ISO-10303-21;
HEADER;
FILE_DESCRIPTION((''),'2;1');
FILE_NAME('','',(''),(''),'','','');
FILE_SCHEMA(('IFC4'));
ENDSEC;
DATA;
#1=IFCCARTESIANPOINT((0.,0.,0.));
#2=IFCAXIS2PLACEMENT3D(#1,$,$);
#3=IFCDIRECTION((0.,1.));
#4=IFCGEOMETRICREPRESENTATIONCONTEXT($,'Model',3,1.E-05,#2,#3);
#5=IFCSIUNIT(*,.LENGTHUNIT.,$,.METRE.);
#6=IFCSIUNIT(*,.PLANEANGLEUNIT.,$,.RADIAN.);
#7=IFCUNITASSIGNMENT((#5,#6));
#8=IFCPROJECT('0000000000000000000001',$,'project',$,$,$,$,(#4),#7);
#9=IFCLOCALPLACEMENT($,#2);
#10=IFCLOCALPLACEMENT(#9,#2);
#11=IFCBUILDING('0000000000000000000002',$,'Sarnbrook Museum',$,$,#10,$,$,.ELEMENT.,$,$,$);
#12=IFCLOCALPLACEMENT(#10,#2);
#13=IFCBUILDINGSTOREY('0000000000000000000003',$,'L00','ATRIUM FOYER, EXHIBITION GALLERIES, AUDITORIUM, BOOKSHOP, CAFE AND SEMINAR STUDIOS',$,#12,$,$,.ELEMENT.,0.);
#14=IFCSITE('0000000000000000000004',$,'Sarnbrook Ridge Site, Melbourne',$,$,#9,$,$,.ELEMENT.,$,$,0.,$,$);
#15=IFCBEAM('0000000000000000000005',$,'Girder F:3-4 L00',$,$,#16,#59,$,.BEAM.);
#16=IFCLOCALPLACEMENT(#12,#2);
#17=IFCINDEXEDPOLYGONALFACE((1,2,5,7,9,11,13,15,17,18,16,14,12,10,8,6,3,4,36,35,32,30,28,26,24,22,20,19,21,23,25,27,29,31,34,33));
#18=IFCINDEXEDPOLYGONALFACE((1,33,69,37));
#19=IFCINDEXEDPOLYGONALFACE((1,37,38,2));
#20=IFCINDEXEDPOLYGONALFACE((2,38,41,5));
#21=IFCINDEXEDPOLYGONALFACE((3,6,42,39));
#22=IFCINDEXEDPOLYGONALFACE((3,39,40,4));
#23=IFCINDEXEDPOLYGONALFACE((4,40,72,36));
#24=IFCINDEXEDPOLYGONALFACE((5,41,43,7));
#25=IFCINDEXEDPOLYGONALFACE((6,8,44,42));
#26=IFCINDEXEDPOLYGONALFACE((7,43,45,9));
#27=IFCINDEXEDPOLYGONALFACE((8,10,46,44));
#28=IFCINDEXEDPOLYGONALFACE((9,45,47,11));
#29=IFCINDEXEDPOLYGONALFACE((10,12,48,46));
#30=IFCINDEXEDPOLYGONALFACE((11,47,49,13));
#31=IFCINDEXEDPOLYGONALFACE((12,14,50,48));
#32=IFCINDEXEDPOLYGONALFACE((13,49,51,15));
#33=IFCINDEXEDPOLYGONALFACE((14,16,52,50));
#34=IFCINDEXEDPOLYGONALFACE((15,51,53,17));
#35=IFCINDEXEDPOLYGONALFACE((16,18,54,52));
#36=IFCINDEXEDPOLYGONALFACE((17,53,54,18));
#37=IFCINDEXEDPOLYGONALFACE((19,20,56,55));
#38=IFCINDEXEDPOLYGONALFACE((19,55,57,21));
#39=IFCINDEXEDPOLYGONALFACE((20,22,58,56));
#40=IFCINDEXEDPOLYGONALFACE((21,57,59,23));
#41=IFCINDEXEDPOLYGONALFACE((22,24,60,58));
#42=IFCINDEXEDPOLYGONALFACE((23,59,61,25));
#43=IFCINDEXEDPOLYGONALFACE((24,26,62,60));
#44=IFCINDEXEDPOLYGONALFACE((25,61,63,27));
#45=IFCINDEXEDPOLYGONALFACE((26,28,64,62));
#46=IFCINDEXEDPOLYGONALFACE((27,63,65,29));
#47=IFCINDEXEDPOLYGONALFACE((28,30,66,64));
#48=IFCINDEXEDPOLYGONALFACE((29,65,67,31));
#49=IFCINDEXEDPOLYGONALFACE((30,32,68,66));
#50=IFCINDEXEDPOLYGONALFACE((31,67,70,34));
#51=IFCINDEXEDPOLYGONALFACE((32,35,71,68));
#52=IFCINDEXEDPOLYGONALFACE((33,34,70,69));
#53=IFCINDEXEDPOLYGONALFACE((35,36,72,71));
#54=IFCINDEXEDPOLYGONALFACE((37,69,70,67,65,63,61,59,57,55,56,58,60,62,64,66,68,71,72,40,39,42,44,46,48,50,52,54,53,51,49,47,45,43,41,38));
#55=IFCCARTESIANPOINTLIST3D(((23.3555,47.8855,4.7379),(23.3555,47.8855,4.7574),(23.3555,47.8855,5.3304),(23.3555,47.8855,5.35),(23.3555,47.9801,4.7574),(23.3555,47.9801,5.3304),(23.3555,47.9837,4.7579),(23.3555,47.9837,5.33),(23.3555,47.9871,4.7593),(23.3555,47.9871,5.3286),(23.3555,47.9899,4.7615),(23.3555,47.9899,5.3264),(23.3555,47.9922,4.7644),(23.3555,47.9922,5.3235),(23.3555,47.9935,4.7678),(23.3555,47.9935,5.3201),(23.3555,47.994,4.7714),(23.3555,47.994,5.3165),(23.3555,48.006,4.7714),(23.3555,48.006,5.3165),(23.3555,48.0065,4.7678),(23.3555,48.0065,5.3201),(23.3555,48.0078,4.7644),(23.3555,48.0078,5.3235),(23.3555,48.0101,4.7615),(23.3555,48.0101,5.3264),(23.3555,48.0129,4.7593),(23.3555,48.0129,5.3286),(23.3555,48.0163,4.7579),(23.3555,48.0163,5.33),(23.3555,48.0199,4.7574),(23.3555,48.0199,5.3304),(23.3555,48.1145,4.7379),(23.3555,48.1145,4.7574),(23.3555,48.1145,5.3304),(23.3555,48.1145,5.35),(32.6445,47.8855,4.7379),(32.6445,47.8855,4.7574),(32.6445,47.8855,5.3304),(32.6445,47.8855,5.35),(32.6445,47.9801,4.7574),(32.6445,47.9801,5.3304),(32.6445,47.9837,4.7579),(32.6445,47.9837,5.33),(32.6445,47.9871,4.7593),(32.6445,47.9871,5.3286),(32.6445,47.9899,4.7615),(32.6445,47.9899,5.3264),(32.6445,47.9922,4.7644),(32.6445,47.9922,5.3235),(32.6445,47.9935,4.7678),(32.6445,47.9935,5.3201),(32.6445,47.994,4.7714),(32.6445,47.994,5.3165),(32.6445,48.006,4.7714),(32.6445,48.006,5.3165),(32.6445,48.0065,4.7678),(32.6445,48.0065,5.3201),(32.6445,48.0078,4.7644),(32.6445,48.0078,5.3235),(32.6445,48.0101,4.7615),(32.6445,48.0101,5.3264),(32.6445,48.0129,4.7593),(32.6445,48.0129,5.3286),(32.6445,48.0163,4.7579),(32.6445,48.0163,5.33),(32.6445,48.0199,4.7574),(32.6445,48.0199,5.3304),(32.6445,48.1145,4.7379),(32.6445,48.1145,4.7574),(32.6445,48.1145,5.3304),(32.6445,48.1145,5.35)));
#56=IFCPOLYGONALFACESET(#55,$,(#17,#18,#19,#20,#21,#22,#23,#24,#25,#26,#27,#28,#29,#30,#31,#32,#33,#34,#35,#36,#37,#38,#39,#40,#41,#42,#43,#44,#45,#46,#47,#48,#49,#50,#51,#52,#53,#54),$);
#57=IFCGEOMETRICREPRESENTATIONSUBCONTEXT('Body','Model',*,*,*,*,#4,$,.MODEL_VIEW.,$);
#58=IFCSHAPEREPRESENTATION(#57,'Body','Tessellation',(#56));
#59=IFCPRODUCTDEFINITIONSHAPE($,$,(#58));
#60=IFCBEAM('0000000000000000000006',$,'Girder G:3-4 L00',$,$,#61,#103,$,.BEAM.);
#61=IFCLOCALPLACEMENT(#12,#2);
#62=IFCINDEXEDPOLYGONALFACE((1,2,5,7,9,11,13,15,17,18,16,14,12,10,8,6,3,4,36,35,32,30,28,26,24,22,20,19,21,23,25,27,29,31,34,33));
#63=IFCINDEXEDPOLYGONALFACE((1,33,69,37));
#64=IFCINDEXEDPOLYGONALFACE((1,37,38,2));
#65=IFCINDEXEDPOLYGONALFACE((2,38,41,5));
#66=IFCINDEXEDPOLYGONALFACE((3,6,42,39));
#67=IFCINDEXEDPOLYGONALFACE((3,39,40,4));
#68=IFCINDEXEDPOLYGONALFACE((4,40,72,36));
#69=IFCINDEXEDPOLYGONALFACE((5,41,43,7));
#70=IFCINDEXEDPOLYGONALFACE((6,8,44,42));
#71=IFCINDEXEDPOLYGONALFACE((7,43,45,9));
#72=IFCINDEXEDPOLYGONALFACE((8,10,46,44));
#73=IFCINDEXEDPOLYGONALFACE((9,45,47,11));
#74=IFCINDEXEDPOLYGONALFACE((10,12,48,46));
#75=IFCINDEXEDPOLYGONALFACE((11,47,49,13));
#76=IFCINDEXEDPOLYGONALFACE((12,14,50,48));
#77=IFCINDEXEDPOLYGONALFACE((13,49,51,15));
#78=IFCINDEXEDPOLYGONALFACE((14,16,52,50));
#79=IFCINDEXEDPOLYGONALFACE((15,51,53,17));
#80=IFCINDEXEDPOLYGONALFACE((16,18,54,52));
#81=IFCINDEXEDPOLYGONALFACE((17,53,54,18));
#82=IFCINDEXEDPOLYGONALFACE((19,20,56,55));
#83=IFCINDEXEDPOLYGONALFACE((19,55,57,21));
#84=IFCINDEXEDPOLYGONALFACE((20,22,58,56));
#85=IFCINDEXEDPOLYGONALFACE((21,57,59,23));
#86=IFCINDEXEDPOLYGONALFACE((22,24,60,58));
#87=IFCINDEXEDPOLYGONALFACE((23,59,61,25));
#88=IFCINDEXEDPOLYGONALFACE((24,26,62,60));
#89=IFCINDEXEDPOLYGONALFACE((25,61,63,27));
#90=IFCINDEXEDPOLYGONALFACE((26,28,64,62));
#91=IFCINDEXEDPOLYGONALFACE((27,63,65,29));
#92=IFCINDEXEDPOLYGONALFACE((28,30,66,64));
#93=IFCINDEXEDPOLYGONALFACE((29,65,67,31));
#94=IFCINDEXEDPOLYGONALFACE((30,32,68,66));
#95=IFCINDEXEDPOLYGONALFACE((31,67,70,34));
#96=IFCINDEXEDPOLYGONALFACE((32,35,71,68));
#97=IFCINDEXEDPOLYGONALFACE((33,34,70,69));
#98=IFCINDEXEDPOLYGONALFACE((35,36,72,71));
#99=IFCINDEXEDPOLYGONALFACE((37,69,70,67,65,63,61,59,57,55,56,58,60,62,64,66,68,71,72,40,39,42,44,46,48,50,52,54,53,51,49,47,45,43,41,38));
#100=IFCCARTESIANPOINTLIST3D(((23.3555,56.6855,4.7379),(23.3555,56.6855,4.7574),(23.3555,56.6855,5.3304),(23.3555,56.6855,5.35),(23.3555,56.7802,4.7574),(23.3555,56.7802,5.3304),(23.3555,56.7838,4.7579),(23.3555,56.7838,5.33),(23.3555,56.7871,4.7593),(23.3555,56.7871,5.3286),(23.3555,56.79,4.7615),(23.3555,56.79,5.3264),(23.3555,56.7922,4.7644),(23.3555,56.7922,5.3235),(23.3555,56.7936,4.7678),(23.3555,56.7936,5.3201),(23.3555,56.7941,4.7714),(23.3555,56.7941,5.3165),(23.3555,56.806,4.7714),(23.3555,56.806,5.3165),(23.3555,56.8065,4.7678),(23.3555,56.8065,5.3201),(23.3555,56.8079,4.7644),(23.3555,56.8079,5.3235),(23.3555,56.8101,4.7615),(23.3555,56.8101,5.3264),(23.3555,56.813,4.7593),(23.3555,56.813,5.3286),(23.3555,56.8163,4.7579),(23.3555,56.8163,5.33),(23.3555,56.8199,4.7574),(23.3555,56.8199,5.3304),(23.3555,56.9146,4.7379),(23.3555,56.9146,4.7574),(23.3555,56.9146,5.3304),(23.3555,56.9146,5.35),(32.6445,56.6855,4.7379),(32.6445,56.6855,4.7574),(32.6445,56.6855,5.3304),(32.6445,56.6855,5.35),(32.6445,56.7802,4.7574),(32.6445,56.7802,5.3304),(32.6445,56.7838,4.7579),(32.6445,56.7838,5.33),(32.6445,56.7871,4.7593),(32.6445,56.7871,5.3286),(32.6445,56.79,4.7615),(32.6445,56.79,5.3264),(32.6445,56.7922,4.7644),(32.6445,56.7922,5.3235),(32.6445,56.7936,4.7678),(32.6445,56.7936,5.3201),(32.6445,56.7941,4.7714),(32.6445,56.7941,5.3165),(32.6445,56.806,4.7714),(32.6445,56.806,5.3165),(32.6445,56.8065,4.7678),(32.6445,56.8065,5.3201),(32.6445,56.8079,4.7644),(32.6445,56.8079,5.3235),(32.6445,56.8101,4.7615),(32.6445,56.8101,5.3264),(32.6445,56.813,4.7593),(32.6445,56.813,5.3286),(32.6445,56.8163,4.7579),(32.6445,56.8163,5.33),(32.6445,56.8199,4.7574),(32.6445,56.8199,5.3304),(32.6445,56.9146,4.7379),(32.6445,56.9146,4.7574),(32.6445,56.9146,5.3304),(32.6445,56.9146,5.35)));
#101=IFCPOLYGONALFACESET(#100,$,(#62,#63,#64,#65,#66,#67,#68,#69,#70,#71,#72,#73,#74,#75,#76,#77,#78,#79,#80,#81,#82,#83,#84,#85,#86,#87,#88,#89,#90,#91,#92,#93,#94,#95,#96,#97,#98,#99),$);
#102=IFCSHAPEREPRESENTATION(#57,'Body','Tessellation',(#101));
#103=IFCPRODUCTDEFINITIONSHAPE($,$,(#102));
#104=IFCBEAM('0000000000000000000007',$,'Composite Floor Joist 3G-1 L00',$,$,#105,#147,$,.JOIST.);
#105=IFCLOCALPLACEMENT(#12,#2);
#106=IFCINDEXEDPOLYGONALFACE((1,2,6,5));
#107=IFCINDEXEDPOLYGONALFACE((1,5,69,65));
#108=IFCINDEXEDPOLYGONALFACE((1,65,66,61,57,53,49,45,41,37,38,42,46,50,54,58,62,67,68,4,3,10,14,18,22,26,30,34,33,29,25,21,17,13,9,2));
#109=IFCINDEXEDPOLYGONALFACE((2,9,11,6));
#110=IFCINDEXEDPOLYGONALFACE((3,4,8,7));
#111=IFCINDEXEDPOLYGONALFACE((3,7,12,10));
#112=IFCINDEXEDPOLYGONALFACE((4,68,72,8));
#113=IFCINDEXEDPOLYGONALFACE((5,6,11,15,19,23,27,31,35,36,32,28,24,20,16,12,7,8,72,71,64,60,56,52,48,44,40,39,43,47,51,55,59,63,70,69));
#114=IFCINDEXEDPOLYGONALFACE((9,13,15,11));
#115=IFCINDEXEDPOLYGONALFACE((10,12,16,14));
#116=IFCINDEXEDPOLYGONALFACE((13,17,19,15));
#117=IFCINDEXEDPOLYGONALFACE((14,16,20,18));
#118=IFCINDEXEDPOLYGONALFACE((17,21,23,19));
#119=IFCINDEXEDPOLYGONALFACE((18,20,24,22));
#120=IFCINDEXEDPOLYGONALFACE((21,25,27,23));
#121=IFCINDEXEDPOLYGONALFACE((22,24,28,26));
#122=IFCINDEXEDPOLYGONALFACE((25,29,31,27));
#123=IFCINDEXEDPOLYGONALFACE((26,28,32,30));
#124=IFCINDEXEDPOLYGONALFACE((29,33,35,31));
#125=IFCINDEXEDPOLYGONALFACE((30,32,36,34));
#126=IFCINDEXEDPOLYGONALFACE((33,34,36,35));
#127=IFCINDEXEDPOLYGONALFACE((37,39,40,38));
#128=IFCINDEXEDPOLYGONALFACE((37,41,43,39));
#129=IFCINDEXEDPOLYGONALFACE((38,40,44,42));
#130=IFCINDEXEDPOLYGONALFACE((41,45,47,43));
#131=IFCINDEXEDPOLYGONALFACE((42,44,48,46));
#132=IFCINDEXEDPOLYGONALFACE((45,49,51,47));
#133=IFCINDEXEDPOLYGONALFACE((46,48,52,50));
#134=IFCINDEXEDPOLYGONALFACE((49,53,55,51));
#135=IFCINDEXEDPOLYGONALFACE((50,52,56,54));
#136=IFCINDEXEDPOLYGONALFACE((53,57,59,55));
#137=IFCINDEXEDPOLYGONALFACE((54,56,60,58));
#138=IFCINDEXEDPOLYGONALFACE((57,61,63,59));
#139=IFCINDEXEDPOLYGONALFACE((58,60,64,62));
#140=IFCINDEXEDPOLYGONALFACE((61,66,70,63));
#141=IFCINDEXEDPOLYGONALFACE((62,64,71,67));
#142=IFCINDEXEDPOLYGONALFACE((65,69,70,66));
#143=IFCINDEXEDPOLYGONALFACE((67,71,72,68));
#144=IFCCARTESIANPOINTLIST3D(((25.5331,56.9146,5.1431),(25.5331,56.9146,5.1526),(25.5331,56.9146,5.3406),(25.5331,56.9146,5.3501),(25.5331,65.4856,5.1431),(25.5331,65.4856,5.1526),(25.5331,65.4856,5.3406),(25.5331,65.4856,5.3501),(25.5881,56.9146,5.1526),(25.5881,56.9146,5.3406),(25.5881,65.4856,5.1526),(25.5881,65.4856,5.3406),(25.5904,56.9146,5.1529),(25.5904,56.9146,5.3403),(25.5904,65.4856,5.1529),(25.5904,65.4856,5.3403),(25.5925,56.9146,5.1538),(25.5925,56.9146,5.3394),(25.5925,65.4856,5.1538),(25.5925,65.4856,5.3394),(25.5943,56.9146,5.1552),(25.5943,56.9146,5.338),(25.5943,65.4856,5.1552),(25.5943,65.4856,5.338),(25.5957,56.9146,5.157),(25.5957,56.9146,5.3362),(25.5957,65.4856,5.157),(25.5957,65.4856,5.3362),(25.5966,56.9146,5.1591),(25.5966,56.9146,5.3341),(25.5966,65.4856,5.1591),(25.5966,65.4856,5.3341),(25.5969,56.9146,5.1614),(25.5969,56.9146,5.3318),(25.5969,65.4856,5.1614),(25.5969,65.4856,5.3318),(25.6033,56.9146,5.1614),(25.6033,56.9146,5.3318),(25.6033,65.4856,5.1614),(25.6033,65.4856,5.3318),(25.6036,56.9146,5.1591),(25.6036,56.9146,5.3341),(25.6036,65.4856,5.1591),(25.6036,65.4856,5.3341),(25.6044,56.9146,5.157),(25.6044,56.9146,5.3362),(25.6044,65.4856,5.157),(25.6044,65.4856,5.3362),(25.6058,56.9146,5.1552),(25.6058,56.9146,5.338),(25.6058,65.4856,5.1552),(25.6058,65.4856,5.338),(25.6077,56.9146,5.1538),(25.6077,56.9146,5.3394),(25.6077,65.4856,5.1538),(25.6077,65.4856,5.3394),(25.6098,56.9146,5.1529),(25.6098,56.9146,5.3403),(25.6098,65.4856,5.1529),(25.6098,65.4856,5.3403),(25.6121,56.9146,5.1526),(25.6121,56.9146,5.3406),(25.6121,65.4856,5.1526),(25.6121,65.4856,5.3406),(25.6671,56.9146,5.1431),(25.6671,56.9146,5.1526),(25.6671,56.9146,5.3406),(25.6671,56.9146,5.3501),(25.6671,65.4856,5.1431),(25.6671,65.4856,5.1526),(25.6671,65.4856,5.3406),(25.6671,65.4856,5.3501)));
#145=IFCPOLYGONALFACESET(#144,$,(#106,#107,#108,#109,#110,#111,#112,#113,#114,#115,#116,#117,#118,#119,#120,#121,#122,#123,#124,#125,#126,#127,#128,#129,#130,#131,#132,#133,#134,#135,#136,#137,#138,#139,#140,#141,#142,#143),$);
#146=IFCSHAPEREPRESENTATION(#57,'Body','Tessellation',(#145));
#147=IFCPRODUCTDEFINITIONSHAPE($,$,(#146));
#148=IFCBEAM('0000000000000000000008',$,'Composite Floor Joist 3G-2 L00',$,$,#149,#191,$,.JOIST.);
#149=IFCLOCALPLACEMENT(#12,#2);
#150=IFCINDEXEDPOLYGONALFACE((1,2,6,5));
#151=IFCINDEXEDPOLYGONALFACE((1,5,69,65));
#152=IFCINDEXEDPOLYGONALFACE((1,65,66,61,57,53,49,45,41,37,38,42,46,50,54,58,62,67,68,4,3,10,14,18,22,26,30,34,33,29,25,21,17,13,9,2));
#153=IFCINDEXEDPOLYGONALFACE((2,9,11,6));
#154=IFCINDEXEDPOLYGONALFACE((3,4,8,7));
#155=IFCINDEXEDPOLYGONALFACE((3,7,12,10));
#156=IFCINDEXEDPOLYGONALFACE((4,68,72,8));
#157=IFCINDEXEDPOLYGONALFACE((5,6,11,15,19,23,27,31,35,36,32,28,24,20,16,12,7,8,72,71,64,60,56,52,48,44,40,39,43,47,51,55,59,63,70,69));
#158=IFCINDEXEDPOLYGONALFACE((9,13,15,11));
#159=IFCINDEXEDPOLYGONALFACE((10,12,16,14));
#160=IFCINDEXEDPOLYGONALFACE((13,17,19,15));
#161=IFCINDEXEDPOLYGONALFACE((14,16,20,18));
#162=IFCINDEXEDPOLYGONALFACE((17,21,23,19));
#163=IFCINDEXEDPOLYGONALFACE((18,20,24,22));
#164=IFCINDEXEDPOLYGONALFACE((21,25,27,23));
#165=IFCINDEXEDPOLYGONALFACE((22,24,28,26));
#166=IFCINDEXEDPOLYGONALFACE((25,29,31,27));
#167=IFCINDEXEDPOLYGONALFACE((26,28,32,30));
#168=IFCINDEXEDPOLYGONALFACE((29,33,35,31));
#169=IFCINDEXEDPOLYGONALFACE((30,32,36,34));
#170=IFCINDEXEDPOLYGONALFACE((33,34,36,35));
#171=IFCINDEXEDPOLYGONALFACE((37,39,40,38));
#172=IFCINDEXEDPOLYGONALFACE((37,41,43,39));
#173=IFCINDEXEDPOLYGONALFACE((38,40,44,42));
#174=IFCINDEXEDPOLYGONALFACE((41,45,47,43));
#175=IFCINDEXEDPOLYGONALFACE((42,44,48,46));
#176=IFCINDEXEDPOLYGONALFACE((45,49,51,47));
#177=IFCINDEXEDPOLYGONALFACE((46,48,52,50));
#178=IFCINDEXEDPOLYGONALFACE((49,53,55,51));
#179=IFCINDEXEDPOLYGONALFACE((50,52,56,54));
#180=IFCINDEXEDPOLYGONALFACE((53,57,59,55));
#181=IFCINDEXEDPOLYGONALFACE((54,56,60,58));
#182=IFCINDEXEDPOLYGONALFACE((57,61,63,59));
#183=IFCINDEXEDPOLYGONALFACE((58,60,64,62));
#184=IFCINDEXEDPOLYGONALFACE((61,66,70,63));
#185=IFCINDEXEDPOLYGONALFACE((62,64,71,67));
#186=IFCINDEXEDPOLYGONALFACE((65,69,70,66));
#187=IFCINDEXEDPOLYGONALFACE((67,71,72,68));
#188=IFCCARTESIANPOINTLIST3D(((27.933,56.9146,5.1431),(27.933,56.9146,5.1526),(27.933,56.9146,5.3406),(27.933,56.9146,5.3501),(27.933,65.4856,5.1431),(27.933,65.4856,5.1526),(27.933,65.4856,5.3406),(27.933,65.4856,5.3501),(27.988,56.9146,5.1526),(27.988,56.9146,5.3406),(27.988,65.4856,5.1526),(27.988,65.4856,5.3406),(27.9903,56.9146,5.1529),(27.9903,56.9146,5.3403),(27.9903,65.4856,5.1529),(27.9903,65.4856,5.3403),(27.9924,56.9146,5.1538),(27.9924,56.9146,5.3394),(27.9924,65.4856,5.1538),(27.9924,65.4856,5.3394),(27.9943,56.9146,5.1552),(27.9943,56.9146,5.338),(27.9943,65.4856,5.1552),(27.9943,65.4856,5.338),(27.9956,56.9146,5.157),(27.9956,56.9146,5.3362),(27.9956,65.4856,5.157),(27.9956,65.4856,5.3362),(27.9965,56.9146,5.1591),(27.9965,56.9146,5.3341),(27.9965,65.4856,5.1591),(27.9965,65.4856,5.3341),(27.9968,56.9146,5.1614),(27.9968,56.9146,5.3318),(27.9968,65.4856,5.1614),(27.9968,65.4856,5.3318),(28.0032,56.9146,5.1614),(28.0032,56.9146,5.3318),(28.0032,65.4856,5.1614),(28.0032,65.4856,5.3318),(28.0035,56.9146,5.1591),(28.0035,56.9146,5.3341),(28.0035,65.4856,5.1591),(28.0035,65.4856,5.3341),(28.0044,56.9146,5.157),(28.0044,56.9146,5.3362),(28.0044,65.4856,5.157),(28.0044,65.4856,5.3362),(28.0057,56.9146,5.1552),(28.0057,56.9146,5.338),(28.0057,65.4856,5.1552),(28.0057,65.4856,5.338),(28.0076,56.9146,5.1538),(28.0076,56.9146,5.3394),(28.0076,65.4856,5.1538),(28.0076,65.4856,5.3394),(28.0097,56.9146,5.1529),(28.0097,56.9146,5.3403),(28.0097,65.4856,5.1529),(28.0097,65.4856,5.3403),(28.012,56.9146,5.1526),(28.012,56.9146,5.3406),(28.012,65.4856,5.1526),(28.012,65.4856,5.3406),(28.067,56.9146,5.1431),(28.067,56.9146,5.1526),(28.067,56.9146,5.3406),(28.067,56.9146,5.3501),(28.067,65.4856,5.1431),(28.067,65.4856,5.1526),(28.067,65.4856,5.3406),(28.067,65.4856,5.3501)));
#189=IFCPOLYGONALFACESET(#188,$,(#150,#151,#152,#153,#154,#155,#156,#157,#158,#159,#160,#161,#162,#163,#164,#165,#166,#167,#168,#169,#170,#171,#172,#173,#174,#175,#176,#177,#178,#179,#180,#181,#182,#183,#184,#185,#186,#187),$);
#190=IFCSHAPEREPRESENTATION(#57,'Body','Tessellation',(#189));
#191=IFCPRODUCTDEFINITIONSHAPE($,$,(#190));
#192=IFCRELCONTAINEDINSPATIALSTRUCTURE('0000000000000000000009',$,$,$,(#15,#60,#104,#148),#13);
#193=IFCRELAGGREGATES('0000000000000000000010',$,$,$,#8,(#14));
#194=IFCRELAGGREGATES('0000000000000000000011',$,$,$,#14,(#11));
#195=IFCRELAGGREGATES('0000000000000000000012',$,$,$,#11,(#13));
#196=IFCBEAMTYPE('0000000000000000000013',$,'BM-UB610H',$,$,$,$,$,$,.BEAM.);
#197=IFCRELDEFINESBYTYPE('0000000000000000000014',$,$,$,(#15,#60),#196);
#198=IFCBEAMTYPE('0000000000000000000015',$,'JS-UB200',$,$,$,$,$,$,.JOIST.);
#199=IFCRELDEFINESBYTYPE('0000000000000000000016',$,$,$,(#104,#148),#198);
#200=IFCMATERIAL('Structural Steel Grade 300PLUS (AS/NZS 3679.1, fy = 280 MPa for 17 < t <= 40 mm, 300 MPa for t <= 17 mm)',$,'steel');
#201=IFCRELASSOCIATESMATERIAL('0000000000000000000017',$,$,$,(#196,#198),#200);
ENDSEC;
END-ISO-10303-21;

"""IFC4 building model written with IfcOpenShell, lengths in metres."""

from ifc_helpers import new_model, si_unit, direction, frame, origin, origin_2d, place, context, subcontext, project, spatial, i_section, extrude, material, material_profile, profile_set, type_object, element, save


model = new_model("IFC4")

# Units and contexts
model_context = context("Model", 3, precision=1e-05, world=origin(), true_north=direction((0.0, 1.0)))
body_context = subcontext(model_context, "Body", "Model", "MODEL_VIEW")
ifc_project = project(units=[si_unit("LENGTHUNIT", "METRE"), si_unit("PLANEANGLEUNIT", "RADIAN")], contexts=[model_context])

# Site, building, storey
site_placement = place(None, origin())
site = spatial("IfcSite", under=ifc_project, at=site_placement, Name="Sarnbrook Ridge Site, Melbourne", CompositionType="ELEMENT", RefElevation=0.0)
building_placement = place(site_placement, origin())
building = spatial("IfcBuilding", under=site, at=building_placement, Name="Sarnbrook Museum", CompositionType="ELEMENT")
storey_placement = place(building_placement, origin())
storey = spatial("IfcBuildingStorey", under=building, at=storey_placement, Name="L00", Description="ATRIUM FOYER, EXHIBITION GALLERIES, AUDITORIUM, BOOKSHOP, CAFE AND SEMINAR STUDIOS", CompositionType="ELEMENT", Elevation=0.0)

# Shared definitions
ifc_material_1 = material(Name="Structural Steel Grade 300PLUS (AS/NZS 3679.1, fy = 280 MPa for 17 < t <= 40 mm, 300 MPa for t <= 17 mm)", Category="steel")

# Beams
ifc_material_profile_1 = material_profile(ifc_material_1, i_section(OverallWidth=0.229, OverallDepth=0.6121, WebThickness=0.012, FlangeThickness=0.0195, FilletRadius=0.0139, at=origin_2d()), Name="610UB125")
ifc_profile_set_1 = profile_set([ifc_material_profile_1], Name="Structural Steel Grade 300PLUS (AS/NZS 3679.1, fy = 280 MPa for 17 < t <= 40 mm, 300 MPa for t <= 17 mm)")
beam_type_1 = type_object("IfcBeamType", Name="BM-UB610H", PredefinedType="BEAM", material=ifc_profile_set_1)
for number, where, z_axis, x_axis, name in (
    (1, (23.3555, 48.0, 5.0439), (1.0, 0.0, 0.0), (0.0, 1.0, 0.0), "Girder F:3-4 L00"),
    (2, (23.3555, 56.8, 5.0439), (1.0, 0.0, 0.0), (0.0, 1.0, 0.0), "Girder G:3-4 L00"),
):
    element("IfcBeam", number, at=place(storey_placement, frame(where, z_axis=z_axis, x_axis=x_axis)), inside=storey, type_object=beam_type_1, Name=name, PredefinedType="BEAM", context=body_context, shape_type="SweptSolid", body=[
        extrude(i_section(OverallWidth=0.229, OverallDepth=0.6121, WebThickness=0.012, FlangeThickness=0.0195, FilletRadius=0.0139, at=origin_2d()), origin(), (0.0, 0.0, 1.0), 9.2891),
    ])
ifc_material_profile_2 = material_profile(ifc_material_1, i_section(OverallWidth=0.134, OverallDepth=0.207, WebThickness=0.0063, FlangeThickness=0.0095, FilletRadius=0.0088, at=origin_2d()), Name="200UB29.8")
ifc_profile_set_2 = profile_set([ifc_material_profile_2], Name="Structural Steel Grade 300PLUS (AS/NZS 3679.1, fy = 280 MPa for 17 < t <= 40 mm, 300 MPa for t <= 17 mm)")
beam_type_2 = type_object("IfcBeamType", Name="JS-UB200", PredefinedType="JOIST", material=ifc_profile_set_2)
for number, where, z_axis, x_axis, name in (
    (3, (25.6001, 56.9146, 5.2466), (0.0, 1.0, 0.0), (-1.0, 0.0, 0.0), "Composite Floor Joist 3G-1 L00"),
    (4, (28.0, 56.9146, 5.2466), (0.0, 1.0, 0.0), (-1.0, 0.0, 0.0), "Composite Floor Joist 3G-2 L00"),
):
    element("IfcBeam", number, at=place(storey_placement, frame(where, z_axis=z_axis, x_axis=x_axis)), inside=storey, type_object=beam_type_2, Name=name, PredefinedType="JOIST", context=body_context, shape_type="SweptSolid", body=[
        extrude(i_section(OverallWidth=0.134, OverallDepth=0.207, WebThickness=0.0063, FlangeThickness=0.0095, FilletRadius=0.0088, at=origin_2d()), origin(), (0.0, 0.0, 1.0), 8.571),
    ])

save(model, "model.ifc")
